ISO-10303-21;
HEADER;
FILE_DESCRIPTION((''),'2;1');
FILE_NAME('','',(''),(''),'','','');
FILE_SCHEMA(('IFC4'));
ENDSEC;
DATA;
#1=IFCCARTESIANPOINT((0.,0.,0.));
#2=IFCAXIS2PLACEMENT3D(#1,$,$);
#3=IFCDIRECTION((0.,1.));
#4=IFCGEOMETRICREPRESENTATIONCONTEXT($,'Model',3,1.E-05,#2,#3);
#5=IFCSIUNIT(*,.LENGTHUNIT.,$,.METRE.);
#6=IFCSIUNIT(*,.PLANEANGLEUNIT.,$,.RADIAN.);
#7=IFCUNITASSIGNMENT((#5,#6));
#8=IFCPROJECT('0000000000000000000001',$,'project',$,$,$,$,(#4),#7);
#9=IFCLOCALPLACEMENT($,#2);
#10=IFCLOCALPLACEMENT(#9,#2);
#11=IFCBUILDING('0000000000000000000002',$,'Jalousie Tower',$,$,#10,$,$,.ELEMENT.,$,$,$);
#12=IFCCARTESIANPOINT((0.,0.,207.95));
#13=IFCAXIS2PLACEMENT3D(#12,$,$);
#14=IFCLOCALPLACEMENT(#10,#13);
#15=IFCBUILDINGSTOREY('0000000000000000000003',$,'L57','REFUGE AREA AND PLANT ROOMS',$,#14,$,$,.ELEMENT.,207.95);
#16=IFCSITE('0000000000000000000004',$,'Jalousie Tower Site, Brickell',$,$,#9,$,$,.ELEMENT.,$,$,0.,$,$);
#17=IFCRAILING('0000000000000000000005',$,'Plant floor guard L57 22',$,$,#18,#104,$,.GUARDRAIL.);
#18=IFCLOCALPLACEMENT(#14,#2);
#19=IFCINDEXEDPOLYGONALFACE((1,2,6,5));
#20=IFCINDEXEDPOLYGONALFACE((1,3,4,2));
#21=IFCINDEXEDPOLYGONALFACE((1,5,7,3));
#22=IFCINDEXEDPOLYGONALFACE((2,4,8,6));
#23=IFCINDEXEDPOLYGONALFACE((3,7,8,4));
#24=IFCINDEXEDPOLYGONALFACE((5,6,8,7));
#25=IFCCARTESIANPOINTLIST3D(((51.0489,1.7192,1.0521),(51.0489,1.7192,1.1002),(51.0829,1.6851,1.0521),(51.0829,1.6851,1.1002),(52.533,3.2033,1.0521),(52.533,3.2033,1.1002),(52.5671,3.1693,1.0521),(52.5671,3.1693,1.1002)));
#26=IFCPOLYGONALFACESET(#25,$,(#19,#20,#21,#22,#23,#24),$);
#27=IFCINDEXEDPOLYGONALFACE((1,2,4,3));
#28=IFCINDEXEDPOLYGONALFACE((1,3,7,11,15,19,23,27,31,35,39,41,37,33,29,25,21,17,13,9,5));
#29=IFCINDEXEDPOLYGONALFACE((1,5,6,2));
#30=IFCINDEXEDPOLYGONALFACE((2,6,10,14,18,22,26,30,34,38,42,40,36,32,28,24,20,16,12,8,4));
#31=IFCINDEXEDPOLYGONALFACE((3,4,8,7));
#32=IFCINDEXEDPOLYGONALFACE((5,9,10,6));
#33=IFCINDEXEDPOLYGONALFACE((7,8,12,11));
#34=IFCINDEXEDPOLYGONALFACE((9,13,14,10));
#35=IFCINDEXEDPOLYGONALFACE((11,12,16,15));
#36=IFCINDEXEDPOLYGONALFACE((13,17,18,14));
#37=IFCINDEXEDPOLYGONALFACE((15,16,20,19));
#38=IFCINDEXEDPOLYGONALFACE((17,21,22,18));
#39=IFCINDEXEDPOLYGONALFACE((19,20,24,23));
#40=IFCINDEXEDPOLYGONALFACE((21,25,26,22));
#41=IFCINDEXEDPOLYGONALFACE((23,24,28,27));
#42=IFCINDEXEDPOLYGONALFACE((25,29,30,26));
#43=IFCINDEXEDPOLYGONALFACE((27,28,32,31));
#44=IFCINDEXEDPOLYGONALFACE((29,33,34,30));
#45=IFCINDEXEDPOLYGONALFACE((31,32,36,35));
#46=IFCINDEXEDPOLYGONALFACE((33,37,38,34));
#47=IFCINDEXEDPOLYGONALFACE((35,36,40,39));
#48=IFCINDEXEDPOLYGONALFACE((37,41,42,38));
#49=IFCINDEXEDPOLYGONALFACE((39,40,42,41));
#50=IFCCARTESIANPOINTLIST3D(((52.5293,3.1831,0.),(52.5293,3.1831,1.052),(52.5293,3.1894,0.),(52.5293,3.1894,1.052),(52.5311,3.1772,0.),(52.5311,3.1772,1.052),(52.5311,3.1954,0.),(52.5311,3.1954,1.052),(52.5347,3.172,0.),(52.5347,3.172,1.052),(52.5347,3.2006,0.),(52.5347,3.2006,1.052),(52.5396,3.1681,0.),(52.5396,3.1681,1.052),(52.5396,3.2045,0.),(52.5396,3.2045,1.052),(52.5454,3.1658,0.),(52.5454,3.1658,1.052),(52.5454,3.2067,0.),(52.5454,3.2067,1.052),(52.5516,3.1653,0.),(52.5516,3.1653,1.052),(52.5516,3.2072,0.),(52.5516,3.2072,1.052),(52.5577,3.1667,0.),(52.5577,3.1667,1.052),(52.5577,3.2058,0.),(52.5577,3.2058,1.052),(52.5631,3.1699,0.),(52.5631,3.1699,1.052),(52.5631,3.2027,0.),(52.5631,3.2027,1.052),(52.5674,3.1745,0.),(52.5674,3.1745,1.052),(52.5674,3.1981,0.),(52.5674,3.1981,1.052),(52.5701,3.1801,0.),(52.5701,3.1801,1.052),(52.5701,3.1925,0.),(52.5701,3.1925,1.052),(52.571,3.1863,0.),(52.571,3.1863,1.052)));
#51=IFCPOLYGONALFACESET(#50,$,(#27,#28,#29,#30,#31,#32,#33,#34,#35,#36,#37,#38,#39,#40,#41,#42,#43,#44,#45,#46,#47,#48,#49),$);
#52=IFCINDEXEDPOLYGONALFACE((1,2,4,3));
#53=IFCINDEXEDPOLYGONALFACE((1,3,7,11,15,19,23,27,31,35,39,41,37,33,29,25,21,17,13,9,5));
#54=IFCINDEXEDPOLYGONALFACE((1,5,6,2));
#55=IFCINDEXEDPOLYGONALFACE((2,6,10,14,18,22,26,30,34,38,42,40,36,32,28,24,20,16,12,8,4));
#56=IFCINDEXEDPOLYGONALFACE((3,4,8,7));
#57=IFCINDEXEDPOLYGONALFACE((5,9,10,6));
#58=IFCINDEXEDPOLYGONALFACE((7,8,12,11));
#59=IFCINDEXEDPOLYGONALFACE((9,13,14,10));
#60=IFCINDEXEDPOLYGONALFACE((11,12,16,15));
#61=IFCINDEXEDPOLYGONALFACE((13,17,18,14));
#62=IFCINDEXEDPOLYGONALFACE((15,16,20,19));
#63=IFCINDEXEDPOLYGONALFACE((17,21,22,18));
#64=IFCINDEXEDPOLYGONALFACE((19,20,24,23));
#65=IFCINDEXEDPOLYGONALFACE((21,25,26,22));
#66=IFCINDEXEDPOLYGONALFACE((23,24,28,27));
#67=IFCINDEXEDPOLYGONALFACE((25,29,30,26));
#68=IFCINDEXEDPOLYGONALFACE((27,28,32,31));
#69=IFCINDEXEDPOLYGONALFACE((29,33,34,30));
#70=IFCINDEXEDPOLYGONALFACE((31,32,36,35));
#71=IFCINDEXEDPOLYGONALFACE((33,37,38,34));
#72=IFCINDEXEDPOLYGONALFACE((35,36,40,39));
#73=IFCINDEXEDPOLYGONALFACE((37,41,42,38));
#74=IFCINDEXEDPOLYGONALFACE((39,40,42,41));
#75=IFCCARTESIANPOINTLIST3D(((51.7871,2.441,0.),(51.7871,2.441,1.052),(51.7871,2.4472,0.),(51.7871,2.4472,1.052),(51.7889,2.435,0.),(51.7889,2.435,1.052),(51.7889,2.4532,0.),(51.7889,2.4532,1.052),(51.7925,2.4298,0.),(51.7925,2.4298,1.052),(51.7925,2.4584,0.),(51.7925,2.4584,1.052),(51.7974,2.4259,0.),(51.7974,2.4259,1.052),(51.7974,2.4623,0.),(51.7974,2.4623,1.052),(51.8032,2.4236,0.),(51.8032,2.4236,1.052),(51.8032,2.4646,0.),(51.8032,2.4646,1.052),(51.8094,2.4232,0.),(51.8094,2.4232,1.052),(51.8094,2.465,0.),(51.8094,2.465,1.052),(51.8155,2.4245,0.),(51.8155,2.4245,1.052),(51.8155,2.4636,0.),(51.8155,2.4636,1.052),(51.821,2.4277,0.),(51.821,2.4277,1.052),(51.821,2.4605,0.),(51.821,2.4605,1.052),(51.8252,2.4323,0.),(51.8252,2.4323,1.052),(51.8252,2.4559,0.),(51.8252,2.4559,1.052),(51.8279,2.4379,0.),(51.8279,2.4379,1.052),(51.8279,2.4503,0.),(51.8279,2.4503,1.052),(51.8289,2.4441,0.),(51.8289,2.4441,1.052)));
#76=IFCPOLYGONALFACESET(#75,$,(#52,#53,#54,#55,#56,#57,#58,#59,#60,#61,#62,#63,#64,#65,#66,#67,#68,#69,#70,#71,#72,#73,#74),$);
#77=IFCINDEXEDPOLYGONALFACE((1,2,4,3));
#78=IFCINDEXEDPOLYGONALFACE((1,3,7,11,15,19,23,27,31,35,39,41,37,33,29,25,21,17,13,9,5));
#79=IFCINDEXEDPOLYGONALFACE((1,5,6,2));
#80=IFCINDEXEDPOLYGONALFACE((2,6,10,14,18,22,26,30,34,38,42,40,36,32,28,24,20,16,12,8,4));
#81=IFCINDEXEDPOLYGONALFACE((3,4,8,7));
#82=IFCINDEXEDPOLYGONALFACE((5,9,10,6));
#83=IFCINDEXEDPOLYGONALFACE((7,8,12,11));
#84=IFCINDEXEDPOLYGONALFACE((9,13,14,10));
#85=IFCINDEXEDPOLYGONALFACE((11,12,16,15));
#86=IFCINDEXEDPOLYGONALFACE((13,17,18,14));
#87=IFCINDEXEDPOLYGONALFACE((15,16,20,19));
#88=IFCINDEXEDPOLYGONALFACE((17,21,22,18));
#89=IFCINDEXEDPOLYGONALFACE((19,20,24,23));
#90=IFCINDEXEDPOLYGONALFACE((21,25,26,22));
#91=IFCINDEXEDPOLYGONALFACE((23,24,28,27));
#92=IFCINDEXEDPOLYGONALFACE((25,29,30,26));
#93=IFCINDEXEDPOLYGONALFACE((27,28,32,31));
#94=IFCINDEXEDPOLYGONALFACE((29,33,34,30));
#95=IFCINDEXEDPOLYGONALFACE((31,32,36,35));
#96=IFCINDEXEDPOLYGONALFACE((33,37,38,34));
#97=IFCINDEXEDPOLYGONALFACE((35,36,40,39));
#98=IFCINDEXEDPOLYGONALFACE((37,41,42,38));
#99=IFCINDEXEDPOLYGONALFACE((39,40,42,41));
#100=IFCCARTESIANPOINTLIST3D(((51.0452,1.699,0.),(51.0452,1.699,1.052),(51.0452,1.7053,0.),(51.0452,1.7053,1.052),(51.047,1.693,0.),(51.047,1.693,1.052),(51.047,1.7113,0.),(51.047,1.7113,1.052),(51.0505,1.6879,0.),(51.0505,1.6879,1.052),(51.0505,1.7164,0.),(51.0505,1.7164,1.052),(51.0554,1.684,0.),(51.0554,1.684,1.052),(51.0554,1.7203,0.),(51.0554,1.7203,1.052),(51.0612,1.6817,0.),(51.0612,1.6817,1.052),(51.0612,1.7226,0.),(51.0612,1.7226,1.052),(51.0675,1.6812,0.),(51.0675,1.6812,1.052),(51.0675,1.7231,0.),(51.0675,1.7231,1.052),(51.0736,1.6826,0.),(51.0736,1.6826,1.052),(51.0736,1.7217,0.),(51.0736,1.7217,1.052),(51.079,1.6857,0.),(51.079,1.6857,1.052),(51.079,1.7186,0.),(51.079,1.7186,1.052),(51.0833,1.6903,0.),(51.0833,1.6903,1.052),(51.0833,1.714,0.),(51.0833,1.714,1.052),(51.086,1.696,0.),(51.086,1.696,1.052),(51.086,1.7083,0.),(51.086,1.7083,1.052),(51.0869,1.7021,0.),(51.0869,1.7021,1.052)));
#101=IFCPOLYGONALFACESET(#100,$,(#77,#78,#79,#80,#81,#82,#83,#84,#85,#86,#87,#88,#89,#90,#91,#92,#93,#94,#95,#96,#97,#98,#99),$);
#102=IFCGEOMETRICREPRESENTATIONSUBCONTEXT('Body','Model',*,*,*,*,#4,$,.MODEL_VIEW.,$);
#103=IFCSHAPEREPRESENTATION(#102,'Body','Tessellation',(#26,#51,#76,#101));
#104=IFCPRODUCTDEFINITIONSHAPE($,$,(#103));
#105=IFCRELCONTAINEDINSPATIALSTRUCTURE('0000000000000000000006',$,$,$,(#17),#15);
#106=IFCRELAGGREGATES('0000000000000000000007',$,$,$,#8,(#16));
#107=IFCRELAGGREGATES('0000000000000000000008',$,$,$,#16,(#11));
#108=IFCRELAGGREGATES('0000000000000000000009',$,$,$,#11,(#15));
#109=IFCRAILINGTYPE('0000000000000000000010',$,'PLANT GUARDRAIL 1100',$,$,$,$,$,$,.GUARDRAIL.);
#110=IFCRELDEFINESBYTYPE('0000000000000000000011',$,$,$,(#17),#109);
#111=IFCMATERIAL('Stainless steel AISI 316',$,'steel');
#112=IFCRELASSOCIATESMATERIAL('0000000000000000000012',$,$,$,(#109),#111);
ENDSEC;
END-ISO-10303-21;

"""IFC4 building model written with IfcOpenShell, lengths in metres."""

from ifc_helpers import new_model, si_unit, direction, frame, origin, origin_2d, place, context, subcontext, project, spatial, rectangle, circle, extrude, material, type_object, element, save


model = new_model("IFC4")

# Units and contexts
model_context = context("Model", 3, precision=1e-05, world=origin(), true_north=direction((0.0, 1.0)))
body_context = subcontext(model_context, "Body", "Model", "MODEL_VIEW")
ifc_project = project(units=[si_unit("LENGTHUNIT", "METRE"), si_unit("PLANEANGLEUNIT", "RADIAN")], contexts=[model_context])

# Site, building, storey
site_placement = place(None, origin())
site = spatial("IfcSite", under=ifc_project, at=site_placement, Name="Jalousie Tower Site, Brickell", CompositionType="ELEMENT", RefElevation=0.0)
building_placement = place(site_placement, origin())
building = spatial("IfcBuilding", under=site, at=building_placement, Name="Jalousie Tower", CompositionType="ELEMENT")
storey_placement = place(building_placement, frame((0.0, 0.0, 207.95)))
storey = spatial("IfcBuildingStorey", under=building, at=storey_placement, Name="L57", Description="REFUGE AREA AND PLANT ROOMS", CompositionType="ELEMENT", Elevation=207.95)

# Railing
ifc_material_1 = material(Name="Stainless steel AISI 316", Category="steel")
railing_type = type_object("IfcRailingType", Name="PLANT GUARDRAIL 1100", PredefinedType="GUARDRAIL", material=ifc_material_1)
railing_1_placement = place(storey_placement, frame((52.55, 3.1863, 0.0)))
element("IfcRailing", 1, at=railing_1_placement, inside=storey, type_object=railing_type, Name="Plant floor guard L57 22", PredefinedType="GUARDRAIL", context=body_context, shape_type="SweptSolid", body=[
    extrude(rectangle(XDim=0.0481, YDim=0.0481, at=origin_2d()), frame((0.0, 0.0, 1.0762), z_axis=(-0.707107, -0.707107, 0.0), x_axis=(0.707107, -0.707107, 0.0)), (0.0, 0.0, 1.0), 2.0989),
    extrude(circle(Radius=0.021, at=origin_2d()), origin(), (0.0, 0.0, 1.0), 1.052),
    extrude(circle(Radius=0.021, at=origin_2d()), frame((-0.7422, -0.7422, 0.0)), (0.0, 0.0, 1.0), 1.052),
    extrude(circle(Radius=0.021, at=origin_2d()), frame((-1.4841, -1.4841, 0.0)), (0.0, 0.0, 1.0), 1.052),
])

save(model, "model.ifc")
